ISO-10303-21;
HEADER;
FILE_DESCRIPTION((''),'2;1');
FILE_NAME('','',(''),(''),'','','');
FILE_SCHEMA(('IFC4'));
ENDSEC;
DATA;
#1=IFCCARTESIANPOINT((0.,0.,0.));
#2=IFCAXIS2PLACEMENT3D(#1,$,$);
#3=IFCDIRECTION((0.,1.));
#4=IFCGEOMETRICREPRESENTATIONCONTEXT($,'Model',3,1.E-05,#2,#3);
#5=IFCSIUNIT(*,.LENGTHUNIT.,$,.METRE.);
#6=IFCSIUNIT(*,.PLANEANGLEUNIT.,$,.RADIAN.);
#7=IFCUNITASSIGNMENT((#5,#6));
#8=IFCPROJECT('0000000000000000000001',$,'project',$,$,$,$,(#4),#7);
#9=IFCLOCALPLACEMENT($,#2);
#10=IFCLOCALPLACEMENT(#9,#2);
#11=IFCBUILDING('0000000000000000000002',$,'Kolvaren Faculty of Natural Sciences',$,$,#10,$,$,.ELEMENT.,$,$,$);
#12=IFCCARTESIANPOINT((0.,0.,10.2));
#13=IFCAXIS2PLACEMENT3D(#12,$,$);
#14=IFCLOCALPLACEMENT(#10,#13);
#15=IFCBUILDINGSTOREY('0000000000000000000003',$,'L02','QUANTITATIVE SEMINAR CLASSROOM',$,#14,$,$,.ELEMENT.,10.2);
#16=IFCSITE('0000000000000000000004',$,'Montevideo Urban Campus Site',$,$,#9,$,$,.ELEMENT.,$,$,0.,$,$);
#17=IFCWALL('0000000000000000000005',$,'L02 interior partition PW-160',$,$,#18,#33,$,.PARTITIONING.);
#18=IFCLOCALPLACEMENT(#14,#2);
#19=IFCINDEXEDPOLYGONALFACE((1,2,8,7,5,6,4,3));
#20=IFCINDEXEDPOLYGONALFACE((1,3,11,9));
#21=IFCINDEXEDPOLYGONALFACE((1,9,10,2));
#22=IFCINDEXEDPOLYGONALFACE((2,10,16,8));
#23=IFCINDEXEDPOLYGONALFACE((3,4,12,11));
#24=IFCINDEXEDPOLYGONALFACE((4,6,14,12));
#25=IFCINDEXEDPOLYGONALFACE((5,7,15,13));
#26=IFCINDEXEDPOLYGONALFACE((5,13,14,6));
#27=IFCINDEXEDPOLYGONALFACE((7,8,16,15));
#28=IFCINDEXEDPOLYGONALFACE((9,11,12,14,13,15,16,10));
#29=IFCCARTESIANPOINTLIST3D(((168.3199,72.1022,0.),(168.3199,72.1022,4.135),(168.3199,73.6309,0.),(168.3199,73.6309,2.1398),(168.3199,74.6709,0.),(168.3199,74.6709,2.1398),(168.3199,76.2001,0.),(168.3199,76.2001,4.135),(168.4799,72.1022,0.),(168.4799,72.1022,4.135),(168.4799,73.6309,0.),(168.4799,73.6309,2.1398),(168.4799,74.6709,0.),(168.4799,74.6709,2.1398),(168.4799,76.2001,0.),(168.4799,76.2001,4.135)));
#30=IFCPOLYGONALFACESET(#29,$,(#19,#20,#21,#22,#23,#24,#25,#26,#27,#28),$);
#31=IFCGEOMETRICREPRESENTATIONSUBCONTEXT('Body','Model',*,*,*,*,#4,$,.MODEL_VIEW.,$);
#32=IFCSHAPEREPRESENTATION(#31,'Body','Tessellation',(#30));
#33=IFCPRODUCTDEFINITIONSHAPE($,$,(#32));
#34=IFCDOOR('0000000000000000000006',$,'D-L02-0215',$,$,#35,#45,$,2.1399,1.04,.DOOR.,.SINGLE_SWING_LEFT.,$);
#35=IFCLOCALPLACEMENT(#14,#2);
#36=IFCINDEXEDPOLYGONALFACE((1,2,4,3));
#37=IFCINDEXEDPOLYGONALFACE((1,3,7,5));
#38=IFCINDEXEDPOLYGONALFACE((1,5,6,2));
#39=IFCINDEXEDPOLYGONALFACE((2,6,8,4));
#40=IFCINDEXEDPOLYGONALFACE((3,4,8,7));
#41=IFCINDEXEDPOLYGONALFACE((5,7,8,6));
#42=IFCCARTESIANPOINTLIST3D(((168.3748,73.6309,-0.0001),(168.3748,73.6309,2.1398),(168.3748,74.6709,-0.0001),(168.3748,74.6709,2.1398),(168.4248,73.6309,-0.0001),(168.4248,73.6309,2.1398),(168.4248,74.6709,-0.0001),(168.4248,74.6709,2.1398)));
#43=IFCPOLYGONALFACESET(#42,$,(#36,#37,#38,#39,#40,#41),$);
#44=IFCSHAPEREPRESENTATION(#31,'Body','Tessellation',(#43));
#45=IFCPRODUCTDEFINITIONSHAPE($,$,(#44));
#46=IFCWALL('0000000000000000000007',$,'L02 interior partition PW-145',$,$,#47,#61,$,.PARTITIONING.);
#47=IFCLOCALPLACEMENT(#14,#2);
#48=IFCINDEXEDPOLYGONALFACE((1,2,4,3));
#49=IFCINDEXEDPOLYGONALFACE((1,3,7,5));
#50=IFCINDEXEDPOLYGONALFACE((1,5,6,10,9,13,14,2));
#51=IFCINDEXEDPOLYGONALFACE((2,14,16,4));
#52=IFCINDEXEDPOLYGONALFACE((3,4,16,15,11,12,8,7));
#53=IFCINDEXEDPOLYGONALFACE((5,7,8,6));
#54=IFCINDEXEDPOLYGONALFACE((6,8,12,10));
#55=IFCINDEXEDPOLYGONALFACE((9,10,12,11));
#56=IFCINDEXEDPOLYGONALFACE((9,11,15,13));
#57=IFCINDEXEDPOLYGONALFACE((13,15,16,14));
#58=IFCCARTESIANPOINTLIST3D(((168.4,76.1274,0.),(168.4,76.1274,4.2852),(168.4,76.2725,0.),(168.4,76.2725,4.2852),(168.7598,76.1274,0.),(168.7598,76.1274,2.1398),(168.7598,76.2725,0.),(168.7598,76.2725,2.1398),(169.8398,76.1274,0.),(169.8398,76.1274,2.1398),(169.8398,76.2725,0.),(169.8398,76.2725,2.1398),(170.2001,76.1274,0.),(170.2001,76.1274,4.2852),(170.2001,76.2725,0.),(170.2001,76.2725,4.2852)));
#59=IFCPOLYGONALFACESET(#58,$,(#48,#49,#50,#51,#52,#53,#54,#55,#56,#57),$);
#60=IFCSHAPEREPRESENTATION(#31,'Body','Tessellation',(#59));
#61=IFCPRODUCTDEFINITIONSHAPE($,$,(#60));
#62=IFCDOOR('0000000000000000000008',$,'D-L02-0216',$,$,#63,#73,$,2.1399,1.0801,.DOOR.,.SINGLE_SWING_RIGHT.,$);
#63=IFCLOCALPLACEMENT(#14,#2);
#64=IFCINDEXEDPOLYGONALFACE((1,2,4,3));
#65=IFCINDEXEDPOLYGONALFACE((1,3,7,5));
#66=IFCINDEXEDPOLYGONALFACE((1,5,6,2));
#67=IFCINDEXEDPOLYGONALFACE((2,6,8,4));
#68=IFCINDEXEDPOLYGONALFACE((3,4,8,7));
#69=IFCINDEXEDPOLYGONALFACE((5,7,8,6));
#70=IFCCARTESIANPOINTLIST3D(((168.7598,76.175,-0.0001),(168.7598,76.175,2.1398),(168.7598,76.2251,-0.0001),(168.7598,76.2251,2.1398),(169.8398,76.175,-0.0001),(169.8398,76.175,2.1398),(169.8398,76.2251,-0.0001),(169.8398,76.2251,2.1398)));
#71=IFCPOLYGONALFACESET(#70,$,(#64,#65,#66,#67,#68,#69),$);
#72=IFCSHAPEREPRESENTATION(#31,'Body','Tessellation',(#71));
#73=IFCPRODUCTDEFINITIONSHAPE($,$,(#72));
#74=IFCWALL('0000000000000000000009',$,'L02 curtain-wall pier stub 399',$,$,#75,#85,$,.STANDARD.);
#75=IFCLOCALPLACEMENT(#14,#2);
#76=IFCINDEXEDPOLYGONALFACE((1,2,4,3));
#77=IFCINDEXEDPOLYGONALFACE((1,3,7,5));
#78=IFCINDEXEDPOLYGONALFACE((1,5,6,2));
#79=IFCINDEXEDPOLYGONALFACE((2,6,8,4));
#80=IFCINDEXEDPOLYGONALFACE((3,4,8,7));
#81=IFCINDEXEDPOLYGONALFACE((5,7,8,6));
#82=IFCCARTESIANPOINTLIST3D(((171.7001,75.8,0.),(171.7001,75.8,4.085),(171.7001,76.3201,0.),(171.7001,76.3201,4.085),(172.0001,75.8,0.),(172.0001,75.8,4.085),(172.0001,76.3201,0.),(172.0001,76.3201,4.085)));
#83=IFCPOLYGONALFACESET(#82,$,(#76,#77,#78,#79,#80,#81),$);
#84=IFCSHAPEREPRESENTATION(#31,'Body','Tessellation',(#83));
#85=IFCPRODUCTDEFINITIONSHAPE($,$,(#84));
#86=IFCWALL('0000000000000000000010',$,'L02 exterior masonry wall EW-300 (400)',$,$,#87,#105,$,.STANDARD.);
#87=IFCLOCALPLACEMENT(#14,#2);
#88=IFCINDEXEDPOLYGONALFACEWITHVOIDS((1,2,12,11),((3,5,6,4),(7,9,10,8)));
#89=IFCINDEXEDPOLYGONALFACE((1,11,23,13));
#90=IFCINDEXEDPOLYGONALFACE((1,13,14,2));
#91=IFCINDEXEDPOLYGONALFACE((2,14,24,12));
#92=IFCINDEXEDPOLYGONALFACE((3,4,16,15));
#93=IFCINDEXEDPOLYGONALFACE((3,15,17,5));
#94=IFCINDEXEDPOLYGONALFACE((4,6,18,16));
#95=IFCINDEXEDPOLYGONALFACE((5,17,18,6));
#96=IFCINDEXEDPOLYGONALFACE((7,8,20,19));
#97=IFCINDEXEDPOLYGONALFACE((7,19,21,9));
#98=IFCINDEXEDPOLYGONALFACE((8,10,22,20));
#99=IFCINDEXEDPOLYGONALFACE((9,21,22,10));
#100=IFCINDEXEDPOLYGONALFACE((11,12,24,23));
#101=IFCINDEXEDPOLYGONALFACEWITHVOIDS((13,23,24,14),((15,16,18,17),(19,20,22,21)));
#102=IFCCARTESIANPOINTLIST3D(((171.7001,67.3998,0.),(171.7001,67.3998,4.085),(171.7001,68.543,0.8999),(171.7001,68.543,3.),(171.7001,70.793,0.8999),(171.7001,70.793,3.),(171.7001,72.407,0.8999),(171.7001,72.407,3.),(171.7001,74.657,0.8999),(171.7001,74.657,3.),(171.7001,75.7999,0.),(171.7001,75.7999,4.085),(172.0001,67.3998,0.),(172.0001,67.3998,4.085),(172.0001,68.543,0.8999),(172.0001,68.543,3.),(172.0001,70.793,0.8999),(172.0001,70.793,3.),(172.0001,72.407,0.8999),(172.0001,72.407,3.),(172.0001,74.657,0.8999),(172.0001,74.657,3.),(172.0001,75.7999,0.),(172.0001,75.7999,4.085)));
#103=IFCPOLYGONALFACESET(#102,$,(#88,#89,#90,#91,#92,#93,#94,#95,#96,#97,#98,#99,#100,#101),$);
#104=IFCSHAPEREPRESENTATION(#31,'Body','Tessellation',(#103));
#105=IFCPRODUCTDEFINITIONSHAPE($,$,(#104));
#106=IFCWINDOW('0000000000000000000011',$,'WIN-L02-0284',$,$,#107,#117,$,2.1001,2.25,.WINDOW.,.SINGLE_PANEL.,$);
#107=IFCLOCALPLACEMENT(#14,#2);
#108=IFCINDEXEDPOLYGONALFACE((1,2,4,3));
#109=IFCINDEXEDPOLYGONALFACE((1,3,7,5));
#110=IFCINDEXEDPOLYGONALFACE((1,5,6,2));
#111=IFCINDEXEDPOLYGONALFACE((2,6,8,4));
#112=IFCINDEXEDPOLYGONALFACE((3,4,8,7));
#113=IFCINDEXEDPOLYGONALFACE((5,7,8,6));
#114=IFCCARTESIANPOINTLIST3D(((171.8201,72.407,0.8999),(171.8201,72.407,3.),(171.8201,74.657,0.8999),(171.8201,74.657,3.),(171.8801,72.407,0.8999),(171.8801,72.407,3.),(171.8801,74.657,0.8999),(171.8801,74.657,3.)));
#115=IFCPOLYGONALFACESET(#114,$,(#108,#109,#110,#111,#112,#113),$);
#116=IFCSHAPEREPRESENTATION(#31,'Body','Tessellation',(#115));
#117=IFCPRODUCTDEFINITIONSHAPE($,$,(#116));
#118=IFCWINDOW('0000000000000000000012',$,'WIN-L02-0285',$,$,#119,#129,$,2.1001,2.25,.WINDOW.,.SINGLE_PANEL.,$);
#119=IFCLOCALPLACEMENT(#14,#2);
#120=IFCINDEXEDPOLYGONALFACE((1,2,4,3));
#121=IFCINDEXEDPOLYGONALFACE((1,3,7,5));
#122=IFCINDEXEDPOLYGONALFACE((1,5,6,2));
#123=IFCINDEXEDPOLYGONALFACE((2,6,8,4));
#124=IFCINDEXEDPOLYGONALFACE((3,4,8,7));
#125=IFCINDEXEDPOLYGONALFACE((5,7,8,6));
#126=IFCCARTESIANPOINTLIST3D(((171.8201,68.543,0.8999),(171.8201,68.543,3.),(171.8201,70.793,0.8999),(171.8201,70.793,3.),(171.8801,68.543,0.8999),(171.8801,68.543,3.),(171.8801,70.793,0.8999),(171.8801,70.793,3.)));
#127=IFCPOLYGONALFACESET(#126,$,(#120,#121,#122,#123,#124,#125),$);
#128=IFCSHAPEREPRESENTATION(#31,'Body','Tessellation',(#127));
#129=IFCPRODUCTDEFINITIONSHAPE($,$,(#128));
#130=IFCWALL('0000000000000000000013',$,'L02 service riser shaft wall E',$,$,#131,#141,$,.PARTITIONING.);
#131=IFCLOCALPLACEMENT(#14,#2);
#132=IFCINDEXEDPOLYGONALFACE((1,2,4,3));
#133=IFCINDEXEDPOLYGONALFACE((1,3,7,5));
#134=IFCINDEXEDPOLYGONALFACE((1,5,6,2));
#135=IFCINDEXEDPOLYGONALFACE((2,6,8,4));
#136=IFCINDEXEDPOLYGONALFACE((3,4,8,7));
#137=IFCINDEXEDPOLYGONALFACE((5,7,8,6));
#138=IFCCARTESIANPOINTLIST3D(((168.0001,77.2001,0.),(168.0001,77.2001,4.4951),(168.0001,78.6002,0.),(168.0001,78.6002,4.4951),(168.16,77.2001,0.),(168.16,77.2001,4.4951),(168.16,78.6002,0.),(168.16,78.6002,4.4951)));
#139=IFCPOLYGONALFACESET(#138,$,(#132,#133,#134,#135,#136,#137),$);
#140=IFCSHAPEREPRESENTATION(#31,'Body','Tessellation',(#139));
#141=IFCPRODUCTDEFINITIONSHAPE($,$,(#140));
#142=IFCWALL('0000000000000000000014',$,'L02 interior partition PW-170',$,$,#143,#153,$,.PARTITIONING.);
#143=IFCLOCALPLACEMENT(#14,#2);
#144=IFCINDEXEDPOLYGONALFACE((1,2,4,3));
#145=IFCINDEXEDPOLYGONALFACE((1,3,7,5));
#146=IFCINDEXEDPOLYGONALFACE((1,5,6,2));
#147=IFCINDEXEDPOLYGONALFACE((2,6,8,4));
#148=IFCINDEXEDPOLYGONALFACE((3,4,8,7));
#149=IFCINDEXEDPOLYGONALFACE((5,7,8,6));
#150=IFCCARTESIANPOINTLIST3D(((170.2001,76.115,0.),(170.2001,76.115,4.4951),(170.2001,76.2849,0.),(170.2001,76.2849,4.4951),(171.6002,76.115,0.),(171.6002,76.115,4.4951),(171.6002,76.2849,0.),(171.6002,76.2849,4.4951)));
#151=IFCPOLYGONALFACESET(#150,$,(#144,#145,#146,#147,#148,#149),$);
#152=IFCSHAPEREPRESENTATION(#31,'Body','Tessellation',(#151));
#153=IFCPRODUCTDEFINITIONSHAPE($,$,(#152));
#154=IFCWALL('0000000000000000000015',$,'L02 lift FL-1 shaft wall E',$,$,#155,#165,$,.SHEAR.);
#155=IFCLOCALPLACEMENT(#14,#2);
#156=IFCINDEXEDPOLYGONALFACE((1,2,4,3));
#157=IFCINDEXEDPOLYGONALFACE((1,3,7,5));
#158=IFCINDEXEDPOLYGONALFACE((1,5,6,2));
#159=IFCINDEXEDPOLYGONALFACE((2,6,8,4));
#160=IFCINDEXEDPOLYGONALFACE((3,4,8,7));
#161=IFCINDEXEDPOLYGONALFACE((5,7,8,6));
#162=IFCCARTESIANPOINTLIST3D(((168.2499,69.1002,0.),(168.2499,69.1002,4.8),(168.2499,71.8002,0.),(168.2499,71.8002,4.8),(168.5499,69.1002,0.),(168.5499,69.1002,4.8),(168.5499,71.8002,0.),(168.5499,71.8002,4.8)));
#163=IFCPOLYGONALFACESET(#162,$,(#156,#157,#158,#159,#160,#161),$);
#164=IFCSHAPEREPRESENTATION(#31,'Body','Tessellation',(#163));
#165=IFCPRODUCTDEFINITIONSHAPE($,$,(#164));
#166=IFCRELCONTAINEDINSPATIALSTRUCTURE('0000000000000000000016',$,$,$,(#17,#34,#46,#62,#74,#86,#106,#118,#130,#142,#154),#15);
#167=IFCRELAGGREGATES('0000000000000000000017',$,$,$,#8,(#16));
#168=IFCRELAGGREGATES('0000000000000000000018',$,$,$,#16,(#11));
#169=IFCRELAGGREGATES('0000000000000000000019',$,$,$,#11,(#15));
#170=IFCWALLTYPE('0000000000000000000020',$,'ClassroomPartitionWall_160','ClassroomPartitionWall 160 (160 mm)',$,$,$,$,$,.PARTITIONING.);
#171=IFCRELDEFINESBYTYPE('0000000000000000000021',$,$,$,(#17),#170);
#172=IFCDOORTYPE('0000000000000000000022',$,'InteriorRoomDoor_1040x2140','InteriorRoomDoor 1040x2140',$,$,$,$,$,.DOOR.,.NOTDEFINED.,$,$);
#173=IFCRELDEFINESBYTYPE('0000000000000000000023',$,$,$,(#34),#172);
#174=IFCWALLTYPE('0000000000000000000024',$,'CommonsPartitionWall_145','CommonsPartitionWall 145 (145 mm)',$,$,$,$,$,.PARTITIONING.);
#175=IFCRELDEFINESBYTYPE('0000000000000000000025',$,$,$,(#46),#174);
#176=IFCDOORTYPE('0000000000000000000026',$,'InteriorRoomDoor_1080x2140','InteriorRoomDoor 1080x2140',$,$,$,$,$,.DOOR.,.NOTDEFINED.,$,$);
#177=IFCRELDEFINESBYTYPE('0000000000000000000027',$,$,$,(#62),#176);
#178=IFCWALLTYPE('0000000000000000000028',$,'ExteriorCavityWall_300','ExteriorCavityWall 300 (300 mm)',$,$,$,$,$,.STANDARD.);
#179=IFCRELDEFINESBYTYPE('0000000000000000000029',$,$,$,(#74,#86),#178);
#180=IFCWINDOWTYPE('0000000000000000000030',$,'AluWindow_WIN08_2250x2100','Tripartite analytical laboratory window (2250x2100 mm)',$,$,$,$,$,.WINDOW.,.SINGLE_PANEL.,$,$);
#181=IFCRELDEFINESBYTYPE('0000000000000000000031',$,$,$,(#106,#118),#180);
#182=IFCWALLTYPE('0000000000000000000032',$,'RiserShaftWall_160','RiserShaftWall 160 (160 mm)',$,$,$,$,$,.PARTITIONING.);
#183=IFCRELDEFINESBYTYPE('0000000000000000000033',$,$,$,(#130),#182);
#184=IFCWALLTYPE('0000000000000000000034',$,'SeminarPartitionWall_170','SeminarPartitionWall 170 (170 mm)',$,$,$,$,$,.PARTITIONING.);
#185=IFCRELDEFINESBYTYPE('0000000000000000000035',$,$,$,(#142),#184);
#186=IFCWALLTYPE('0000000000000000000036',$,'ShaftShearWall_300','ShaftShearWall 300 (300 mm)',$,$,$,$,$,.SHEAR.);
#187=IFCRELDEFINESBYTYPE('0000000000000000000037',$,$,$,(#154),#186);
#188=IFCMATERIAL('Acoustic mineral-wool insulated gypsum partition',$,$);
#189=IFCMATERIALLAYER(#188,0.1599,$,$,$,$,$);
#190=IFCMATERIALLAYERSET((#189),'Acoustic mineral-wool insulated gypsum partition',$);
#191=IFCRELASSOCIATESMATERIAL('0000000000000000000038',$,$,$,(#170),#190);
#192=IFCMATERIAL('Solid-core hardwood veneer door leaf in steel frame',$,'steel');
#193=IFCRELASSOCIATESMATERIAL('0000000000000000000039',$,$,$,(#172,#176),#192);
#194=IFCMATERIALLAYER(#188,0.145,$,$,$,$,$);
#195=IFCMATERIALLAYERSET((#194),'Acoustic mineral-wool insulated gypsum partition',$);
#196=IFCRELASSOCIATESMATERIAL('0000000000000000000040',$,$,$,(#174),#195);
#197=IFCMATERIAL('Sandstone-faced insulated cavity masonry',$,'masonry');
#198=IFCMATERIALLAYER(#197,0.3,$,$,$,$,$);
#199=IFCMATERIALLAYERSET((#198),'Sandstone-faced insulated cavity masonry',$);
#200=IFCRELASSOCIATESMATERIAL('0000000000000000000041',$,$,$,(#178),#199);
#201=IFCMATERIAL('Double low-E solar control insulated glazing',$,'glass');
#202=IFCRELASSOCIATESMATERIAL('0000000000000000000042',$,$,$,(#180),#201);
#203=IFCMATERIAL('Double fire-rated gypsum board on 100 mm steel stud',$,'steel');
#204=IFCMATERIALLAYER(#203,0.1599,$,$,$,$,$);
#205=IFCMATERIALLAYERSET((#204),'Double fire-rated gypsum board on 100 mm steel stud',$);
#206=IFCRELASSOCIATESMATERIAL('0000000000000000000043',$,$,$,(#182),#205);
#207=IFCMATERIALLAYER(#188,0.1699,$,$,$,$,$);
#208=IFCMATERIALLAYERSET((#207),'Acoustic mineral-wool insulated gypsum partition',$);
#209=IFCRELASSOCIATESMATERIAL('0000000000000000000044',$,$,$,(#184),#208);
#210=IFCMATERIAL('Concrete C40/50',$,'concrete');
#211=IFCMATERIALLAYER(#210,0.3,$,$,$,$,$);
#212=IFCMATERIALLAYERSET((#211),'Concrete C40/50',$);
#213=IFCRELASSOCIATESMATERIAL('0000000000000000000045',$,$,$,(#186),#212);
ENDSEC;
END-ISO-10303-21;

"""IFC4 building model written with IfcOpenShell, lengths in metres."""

from ifc_helpers import new_model, si_unit, direction, frame, frame_2d, origin, place, context, subcontext, project, spatial, rectangle, extrude, material, layer, layer_set, type_object, element, fill, save


model = new_model("IFC4")

# Units and contexts
model_context = context("Model", 3, precision=1e-05, world=origin(), true_north=direction((0.0, 1.0)))
body_context = subcontext(model_context, "Body", "Model", "MODEL_VIEW")
ifc_project = project(units=[si_unit("LENGTHUNIT", "METRE"), si_unit("PLANEANGLEUNIT", "RADIAN")], contexts=[model_context])

# Site, building, storey
site_placement = place(None, origin())
site = spatial("IfcSite", under=ifc_project, at=site_placement, Name="Montevideo Urban Campus Site", CompositionType="ELEMENT", RefElevation=0.0)
building_placement = place(site_placement, origin())
building = spatial("IfcBuilding", under=site, at=building_placement, Name="Kolvaren Faculty of Natural Sciences", CompositionType="ELEMENT")
storey_placement = place(building_placement, frame((0.0, 0.0, 10.2)))
storey = spatial("IfcBuildingStorey", under=building, at=storey_placement, Name="L02", Description="QUANTITATIVE SEMINAR CLASSROOM", CompositionType="ELEMENT", Elevation=10.2)

# Shared definitions
ifc_material_1 = material(Name="Concrete C40/50", Category="concrete")

# Shared definitions
ifc_material_2 = material(Name="Double low-E solar control insulated glazing", Category="glass")

# Walls, openings, doors
ifc_material_3 = material(Name="Acoustic mineral-wool insulated gypsum partition")
ifc_layer_1 = layer(ifc_material_3, 0.1599)
ifc_layer_set_1 = layer_set([ifc_layer_1], Name="Acoustic mineral-wool insulated gypsum partition")
wall_type_1 = type_object("IfcWallType", Name="ClassroomPartitionWall_160", Description="ClassroomPartitionWall 160 (160 mm)", PredefinedType="PARTITIONING", material=ifc_layer_set_1)
wall_1_placement = place(storey_placement, frame((168.3999, 76.2, 0.0), z_axis=(0.0, 0.0, 1.0), x_axis=(0.0, -1.0, 0.0)))
wall_1 = element("IfcWall", 1, at=wall_1_placement, inside=storey, type_object=wall_type_1, Name="L02 interior partition PW-160", PredefinedType="PARTITIONING", context=body_context, shape_type="SweptSolid", body=[
    extrude(rectangle(XDim=4.0979, YDim=0.1599, at=frame_2d((2.0488, 0.0))), origin(), (0.0, 0.0, 1.0), 4.135),
])
opening_1_placement = place(wall_1_placement, frame((1.5291, 0.0, 0.0)))
opening_1 = element("IfcOpeningElement", 2, at=opening_1_placement, cuts=wall_1, PredefinedType="OPENING", context=body_context, shape_type="SweptSolid", body=[
    extrude(rectangle(XDim=1.04, YDim=2.1399, at=frame_2d((0.52, 1.0698))), frame((0.0, 0.0898, 0.0), z_axis=(0.0, -1.0, 0.0), x_axis=(1.0, 0.0, 0.0)), (0.0, 0.0, 1.0), 0.1799),
])
ifc_material_4 = material(Name="Solid-core hardwood veneer door leaf in steel frame", Category="steel")
door_type_1 = type_object("IfcDoorType", Name="InteriorRoomDoor_1040x2140", Description="InteriorRoomDoor 1040x2140", OperationType="NOTDEFINED", PredefinedType="DOOR", material=ifc_material_4)
door_1_placement = place(opening_1_placement, origin())
door_1 = element("IfcDoor", 3, at=door_1_placement, inside=storey, type_object=door_type_1, Name="D-L02-0215", OperationType="SINGLE_SWING_LEFT", OverallHeight=2.1399, OverallWidth=1.04, PredefinedType="DOOR", context=body_context, shape_type="SweptSolid", body=[
    extrude(rectangle(XDim=1.04, YDim=2.1399, at=frame_2d((0.52, 1.0698))), frame((0.0, 0.0249, 0.0), z_axis=(0.0, -1.0, 0.0), x_axis=(1.0, 0.0, 0.0)), (0.0, 0.0, 1.0), 0.05),
])
fill(opening_1, door_1)
ifc_layer_2 = layer(ifc_material_3, 0.145)
ifc_layer_set_2 = layer_set([ifc_layer_2], Name="Acoustic mineral-wool insulated gypsum partition")
wall_type_2 = type_object("IfcWallType", Name="CommonsPartitionWall_145", Description="CommonsPartitionWall 145 (145 mm)", PredefinedType="PARTITIONING", material=ifc_layer_set_2)
wall_2_placement = place(storey_placement, frame((170.2, 76.2, 0.0), z_axis=(0.0, 0.0, 1.0), x_axis=(-1.0, 0.0, 0.0)))
wall_2 = element("IfcWall", 4, at=wall_2_placement, inside=storey, type_object=wall_type_2, Name="L02 interior partition PW-145", PredefinedType="PARTITIONING", context=body_context, shape_type="SweptSolid", body=[
    extrude(rectangle(XDim=1.8, YDim=0.145, at=frame_2d((0.8999, 0.0))), origin(), (0.0, 0.0, 1.0), 4.2852),
])
opening_2_placement = place(wall_2_placement, frame((0.3601, 0.0, 0.0)))
opening_2 = element("IfcOpeningElement", 5, at=opening_2_placement, cuts=wall_2, PredefinedType="OPENING", context=body_context, shape_type="SweptSolid", body=[
    extrude(rectangle(XDim=1.0801, YDim=2.1399, at=frame_2d((0.54, 1.0698))), frame((0.0, 0.0825, 0.0), z_axis=(0.0, -1.0, 0.0), x_axis=(1.0, 0.0, 0.0)), (0.0, 0.0, 1.0), 0.165),
])
door_type_2 = type_object("IfcDoorType", Name="InteriorRoomDoor_1080x2140", Description="InteriorRoomDoor 1080x2140", OperationType="NOTDEFINED", PredefinedType="DOOR", material=ifc_material_4)
door_2_placement = place(opening_2_placement, origin())
door_2 = element("IfcDoor", 6, at=door_2_placement, inside=storey, type_object=door_type_2, Name="D-L02-0216", OperationType="SINGLE_SWING_RIGHT", OverallHeight=2.1399, OverallWidth=1.0801, PredefinedType="DOOR", context=body_context, shape_type="SweptSolid", body=[
    extrude(rectangle(XDim=1.0801, YDim=2.1399, at=frame_2d((0.54, 1.0698))), frame((0.0, 0.0249, 0.0), z_axis=(0.0, -1.0, 0.0), x_axis=(1.0, 0.0, 0.0)), (0.0, 0.0, 1.0), 0.05),
])
fill(opening_2, door_2)

# Wall
ifc_material_5 = material(Name="Sandstone-faced insulated cavity masonry", Category="masonry")
ifc_layer_3 = layer(ifc_material_5, 0.3)
ifc_layer_set_3 = layer_set([ifc_layer_3], Name="Sandstone-faced insulated cavity masonry")
wall_type_3 = type_object("IfcWallType", Name="ExteriorCavityWall_300", Description="ExteriorCavityWall 300 (300 mm)", PredefinedType="STANDARD", material=ifc_layer_set_3)
wall_3_placement = place(storey_placement, frame((171.8501, 76.3201, 0.0), z_axis=(0.0, 0.0, 1.0), x_axis=(0.0, -1.0, 0.0)))
element("IfcWall", 7, at=wall_3_placement, inside=storey, type_object=wall_type_3, Name="L02 curtain-wall pier stub 399", PredefinedType="STANDARD", context=body_context, shape_type="SweptSolid", body=[
    extrude(rectangle(XDim=0.52, YDim=0.3, at=frame_2d((0.26, 0.0))), origin(), (0.0, 0.0, 1.0), 4.085),
])

# Wall, openings, windows
wall_4_placement = place(storey_placement, frame((171.8501, 75.8, 0.0), z_axis=(0.0, 0.0, 1.0), x_axis=(0.0, -1.0, 0.0)))
wall_4 = element("IfcWall", 8, at=wall_4_placement, inside=storey, type_object=wall_type_3, Name="L02 exterior masonry wall EW-300 (400)", PredefinedType="STANDARD", context=body_context, shape_type="SweptSolid", body=[
    extrude(rectangle(XDim=8.4001, YDim=0.3, at=frame_2d((4.2002, 0.0))), origin(), (0.0, 0.0, 1.0), 4.085),
])
opening_3_placement = place(wall_4_placement, frame((1.1431, 0.0, 0.8999)))
opening_3 = element("IfcOpeningElement", 9, at=opening_3_placement, cuts=wall_4, PredefinedType="OPENING", context=body_context, shape_type="SweptSolid", body=[
    extrude(rectangle(XDim=2.25, YDim=2.1001, at=frame_2d((1.125, 1.05))), frame((0.0, 0.1599, 0.0), z_axis=(0.0, -1.0, 0.0), x_axis=(1.0, 0.0, 0.0)), (0.0, 0.0, 1.0), 0.3201),
])
opening_4_placement = place(wall_4_placement, frame((5.0071, 0.0, 0.8999)))
opening_4 = element("IfcOpeningElement", 10, at=opening_4_placement, cuts=wall_4, PredefinedType="OPENING", context=body_context, shape_type="SweptSolid", body=[
    extrude(rectangle(XDim=2.25, YDim=2.1001, at=frame_2d((1.125, 1.05))), frame((0.0, 0.1599, 0.0), z_axis=(0.0, -1.0, 0.0), x_axis=(1.0, 0.0, 0.0)), (0.0, 0.0, 1.0), 0.3201),
])
window_type = type_object("IfcWindowType", Name="AluWindow_WIN08_2250x2100", Description="Tripartite analytical laboratory window (2250x2100 mm)", PartitioningType="SINGLE_PANEL", PredefinedType="WINDOW", material=ifc_material_2)
window_1_placement = place(opening_3_placement, origin())
window_1 = element("IfcWindow", 11, at=window_1_placement, inside=storey, type_object=window_type, Name="WIN-L02-0284", OverallHeight=2.1001, OverallWidth=2.25, PartitioningType="SINGLE_PANEL", PredefinedType="WINDOW", context=body_context, shape_type="SweptSolid", body=[
    extrude(rectangle(XDim=2.25, YDim=2.1001, at=frame_2d((1.125, 1.05))), frame((0.0, 0.03, 0.0), z_axis=(0.0, -1.0, 0.0), x_axis=(1.0, 0.0, 0.0)), (0.0, 0.0, 1.0), 0.0601),
])
fill(opening_3, window_1)
window_2_placement = place(opening_4_placement, origin())
window_2 = element("IfcWindow", 12, at=window_2_placement, inside=storey, type_object=window_type, Name="WIN-L02-0285", OverallHeight=2.1001, OverallWidth=2.25, PartitioningType="SINGLE_PANEL", PredefinedType="WINDOW", context=body_context, shape_type="SweptSolid", body=[
    extrude(rectangle(XDim=2.25, YDim=2.1001, at=frame_2d((1.125, 1.05))), frame((0.0, 0.03, 0.0), z_axis=(0.0, -1.0, 0.0), x_axis=(1.0, 0.0, 0.0)), (0.0, 0.0, 1.0), 0.0601),
])
fill(opening_4, window_2)

# Walls
ifc_material_6 = material(Name="Double fire-rated gypsum board on 100 mm steel stud", Category="steel")
ifc_layer_4 = layer(ifc_material_6, 0.1599)
ifc_layer_set_4 = layer_set([ifc_layer_4], Name="Double fire-rated gypsum board on 100 mm steel stud")
wall_type_4 = type_object("IfcWallType", Name="RiserShaftWall_160", Description="RiserShaftWall 160 (160 mm)", PredefinedType="PARTITIONING", material=ifc_layer_set_4)
wall_5_placement = place(storey_placement, frame((168.0801, 77.2, 0.0), z_axis=(0.0, 0.0, 1.0), x_axis=(0.0, 1.0, 0.0)))
element("IfcWall", 13, at=wall_5_placement, inside=storey, type_object=wall_type_4, Name="L02 service riser shaft wall E", PredefinedType="PARTITIONING", context=body_context, shape_type="SweptSolid", body=[
    extrude(rectangle(XDim=1.4001, YDim=0.1599, at=frame_2d((0.7002, 0.0))), origin(), (0.0, 0.0, 1.0), 4.4951),
])
ifc_layer_5 = layer(ifc_material_3, 0.1699)
ifc_layer_set_5 = layer_set([ifc_layer_5], Name="Acoustic mineral-wool insulated gypsum partition")
wall_type_5 = type_object("IfcWallType", Name="SeminarPartitionWall_170", Description="SeminarPartitionWall 170 (170 mm)", PredefinedType="PARTITIONING", material=ifc_layer_set_5)
wall_6_placement = place(storey_placement, frame((170.2, 76.2, 0.0), z_axis=(0.0, 0.0, 1.0), x_axis=(1.0, 0.0, 0.0)))
element("IfcWall", 14, at=wall_6_placement, inside=storey, type_object=wall_type_5, Name="L02 interior partition PW-170", PredefinedType="PARTITIONING", context=body_context, shape_type="SweptSolid", body=[
    extrude(rectangle(XDim=1.4001, YDim=0.1699, at=frame_2d((0.7002, 0.0))), origin(), (0.0, 0.0, 1.0), 4.4951),
])
ifc_layer_6 = layer(ifc_material_1, 0.3)
ifc_layer_set_6 = layer_set([ifc_layer_6], Name="Concrete C40/50")
wall_type_6 = type_object("IfcWallType", Name="ShaftShearWall_300", Description="ShaftShearWall 300 (300 mm)", PredefinedType="SHEAR", material=ifc_layer_set_6)
wall_7_placement = place(storey_placement, frame((168.3999, 69.1001, 0.0), z_axis=(0.0, 0.0, 1.0), x_axis=(0.0, 1.0, 0.0)))
element("IfcWall", 15, at=wall_7_placement, inside=storey, type_object=wall_type_6, Name="L02 lift FL-1 shaft wall E", PredefinedType="SHEAR", context=body_context, shape_type="SweptSolid", body=[
    extrude(rectangle(XDim=2.7, YDim=0.3, at=frame_2d((1.3501, 0.0))), origin(), (0.0, 0.0, 1.0), 4.8),
])

save(model, "model.ifc")
